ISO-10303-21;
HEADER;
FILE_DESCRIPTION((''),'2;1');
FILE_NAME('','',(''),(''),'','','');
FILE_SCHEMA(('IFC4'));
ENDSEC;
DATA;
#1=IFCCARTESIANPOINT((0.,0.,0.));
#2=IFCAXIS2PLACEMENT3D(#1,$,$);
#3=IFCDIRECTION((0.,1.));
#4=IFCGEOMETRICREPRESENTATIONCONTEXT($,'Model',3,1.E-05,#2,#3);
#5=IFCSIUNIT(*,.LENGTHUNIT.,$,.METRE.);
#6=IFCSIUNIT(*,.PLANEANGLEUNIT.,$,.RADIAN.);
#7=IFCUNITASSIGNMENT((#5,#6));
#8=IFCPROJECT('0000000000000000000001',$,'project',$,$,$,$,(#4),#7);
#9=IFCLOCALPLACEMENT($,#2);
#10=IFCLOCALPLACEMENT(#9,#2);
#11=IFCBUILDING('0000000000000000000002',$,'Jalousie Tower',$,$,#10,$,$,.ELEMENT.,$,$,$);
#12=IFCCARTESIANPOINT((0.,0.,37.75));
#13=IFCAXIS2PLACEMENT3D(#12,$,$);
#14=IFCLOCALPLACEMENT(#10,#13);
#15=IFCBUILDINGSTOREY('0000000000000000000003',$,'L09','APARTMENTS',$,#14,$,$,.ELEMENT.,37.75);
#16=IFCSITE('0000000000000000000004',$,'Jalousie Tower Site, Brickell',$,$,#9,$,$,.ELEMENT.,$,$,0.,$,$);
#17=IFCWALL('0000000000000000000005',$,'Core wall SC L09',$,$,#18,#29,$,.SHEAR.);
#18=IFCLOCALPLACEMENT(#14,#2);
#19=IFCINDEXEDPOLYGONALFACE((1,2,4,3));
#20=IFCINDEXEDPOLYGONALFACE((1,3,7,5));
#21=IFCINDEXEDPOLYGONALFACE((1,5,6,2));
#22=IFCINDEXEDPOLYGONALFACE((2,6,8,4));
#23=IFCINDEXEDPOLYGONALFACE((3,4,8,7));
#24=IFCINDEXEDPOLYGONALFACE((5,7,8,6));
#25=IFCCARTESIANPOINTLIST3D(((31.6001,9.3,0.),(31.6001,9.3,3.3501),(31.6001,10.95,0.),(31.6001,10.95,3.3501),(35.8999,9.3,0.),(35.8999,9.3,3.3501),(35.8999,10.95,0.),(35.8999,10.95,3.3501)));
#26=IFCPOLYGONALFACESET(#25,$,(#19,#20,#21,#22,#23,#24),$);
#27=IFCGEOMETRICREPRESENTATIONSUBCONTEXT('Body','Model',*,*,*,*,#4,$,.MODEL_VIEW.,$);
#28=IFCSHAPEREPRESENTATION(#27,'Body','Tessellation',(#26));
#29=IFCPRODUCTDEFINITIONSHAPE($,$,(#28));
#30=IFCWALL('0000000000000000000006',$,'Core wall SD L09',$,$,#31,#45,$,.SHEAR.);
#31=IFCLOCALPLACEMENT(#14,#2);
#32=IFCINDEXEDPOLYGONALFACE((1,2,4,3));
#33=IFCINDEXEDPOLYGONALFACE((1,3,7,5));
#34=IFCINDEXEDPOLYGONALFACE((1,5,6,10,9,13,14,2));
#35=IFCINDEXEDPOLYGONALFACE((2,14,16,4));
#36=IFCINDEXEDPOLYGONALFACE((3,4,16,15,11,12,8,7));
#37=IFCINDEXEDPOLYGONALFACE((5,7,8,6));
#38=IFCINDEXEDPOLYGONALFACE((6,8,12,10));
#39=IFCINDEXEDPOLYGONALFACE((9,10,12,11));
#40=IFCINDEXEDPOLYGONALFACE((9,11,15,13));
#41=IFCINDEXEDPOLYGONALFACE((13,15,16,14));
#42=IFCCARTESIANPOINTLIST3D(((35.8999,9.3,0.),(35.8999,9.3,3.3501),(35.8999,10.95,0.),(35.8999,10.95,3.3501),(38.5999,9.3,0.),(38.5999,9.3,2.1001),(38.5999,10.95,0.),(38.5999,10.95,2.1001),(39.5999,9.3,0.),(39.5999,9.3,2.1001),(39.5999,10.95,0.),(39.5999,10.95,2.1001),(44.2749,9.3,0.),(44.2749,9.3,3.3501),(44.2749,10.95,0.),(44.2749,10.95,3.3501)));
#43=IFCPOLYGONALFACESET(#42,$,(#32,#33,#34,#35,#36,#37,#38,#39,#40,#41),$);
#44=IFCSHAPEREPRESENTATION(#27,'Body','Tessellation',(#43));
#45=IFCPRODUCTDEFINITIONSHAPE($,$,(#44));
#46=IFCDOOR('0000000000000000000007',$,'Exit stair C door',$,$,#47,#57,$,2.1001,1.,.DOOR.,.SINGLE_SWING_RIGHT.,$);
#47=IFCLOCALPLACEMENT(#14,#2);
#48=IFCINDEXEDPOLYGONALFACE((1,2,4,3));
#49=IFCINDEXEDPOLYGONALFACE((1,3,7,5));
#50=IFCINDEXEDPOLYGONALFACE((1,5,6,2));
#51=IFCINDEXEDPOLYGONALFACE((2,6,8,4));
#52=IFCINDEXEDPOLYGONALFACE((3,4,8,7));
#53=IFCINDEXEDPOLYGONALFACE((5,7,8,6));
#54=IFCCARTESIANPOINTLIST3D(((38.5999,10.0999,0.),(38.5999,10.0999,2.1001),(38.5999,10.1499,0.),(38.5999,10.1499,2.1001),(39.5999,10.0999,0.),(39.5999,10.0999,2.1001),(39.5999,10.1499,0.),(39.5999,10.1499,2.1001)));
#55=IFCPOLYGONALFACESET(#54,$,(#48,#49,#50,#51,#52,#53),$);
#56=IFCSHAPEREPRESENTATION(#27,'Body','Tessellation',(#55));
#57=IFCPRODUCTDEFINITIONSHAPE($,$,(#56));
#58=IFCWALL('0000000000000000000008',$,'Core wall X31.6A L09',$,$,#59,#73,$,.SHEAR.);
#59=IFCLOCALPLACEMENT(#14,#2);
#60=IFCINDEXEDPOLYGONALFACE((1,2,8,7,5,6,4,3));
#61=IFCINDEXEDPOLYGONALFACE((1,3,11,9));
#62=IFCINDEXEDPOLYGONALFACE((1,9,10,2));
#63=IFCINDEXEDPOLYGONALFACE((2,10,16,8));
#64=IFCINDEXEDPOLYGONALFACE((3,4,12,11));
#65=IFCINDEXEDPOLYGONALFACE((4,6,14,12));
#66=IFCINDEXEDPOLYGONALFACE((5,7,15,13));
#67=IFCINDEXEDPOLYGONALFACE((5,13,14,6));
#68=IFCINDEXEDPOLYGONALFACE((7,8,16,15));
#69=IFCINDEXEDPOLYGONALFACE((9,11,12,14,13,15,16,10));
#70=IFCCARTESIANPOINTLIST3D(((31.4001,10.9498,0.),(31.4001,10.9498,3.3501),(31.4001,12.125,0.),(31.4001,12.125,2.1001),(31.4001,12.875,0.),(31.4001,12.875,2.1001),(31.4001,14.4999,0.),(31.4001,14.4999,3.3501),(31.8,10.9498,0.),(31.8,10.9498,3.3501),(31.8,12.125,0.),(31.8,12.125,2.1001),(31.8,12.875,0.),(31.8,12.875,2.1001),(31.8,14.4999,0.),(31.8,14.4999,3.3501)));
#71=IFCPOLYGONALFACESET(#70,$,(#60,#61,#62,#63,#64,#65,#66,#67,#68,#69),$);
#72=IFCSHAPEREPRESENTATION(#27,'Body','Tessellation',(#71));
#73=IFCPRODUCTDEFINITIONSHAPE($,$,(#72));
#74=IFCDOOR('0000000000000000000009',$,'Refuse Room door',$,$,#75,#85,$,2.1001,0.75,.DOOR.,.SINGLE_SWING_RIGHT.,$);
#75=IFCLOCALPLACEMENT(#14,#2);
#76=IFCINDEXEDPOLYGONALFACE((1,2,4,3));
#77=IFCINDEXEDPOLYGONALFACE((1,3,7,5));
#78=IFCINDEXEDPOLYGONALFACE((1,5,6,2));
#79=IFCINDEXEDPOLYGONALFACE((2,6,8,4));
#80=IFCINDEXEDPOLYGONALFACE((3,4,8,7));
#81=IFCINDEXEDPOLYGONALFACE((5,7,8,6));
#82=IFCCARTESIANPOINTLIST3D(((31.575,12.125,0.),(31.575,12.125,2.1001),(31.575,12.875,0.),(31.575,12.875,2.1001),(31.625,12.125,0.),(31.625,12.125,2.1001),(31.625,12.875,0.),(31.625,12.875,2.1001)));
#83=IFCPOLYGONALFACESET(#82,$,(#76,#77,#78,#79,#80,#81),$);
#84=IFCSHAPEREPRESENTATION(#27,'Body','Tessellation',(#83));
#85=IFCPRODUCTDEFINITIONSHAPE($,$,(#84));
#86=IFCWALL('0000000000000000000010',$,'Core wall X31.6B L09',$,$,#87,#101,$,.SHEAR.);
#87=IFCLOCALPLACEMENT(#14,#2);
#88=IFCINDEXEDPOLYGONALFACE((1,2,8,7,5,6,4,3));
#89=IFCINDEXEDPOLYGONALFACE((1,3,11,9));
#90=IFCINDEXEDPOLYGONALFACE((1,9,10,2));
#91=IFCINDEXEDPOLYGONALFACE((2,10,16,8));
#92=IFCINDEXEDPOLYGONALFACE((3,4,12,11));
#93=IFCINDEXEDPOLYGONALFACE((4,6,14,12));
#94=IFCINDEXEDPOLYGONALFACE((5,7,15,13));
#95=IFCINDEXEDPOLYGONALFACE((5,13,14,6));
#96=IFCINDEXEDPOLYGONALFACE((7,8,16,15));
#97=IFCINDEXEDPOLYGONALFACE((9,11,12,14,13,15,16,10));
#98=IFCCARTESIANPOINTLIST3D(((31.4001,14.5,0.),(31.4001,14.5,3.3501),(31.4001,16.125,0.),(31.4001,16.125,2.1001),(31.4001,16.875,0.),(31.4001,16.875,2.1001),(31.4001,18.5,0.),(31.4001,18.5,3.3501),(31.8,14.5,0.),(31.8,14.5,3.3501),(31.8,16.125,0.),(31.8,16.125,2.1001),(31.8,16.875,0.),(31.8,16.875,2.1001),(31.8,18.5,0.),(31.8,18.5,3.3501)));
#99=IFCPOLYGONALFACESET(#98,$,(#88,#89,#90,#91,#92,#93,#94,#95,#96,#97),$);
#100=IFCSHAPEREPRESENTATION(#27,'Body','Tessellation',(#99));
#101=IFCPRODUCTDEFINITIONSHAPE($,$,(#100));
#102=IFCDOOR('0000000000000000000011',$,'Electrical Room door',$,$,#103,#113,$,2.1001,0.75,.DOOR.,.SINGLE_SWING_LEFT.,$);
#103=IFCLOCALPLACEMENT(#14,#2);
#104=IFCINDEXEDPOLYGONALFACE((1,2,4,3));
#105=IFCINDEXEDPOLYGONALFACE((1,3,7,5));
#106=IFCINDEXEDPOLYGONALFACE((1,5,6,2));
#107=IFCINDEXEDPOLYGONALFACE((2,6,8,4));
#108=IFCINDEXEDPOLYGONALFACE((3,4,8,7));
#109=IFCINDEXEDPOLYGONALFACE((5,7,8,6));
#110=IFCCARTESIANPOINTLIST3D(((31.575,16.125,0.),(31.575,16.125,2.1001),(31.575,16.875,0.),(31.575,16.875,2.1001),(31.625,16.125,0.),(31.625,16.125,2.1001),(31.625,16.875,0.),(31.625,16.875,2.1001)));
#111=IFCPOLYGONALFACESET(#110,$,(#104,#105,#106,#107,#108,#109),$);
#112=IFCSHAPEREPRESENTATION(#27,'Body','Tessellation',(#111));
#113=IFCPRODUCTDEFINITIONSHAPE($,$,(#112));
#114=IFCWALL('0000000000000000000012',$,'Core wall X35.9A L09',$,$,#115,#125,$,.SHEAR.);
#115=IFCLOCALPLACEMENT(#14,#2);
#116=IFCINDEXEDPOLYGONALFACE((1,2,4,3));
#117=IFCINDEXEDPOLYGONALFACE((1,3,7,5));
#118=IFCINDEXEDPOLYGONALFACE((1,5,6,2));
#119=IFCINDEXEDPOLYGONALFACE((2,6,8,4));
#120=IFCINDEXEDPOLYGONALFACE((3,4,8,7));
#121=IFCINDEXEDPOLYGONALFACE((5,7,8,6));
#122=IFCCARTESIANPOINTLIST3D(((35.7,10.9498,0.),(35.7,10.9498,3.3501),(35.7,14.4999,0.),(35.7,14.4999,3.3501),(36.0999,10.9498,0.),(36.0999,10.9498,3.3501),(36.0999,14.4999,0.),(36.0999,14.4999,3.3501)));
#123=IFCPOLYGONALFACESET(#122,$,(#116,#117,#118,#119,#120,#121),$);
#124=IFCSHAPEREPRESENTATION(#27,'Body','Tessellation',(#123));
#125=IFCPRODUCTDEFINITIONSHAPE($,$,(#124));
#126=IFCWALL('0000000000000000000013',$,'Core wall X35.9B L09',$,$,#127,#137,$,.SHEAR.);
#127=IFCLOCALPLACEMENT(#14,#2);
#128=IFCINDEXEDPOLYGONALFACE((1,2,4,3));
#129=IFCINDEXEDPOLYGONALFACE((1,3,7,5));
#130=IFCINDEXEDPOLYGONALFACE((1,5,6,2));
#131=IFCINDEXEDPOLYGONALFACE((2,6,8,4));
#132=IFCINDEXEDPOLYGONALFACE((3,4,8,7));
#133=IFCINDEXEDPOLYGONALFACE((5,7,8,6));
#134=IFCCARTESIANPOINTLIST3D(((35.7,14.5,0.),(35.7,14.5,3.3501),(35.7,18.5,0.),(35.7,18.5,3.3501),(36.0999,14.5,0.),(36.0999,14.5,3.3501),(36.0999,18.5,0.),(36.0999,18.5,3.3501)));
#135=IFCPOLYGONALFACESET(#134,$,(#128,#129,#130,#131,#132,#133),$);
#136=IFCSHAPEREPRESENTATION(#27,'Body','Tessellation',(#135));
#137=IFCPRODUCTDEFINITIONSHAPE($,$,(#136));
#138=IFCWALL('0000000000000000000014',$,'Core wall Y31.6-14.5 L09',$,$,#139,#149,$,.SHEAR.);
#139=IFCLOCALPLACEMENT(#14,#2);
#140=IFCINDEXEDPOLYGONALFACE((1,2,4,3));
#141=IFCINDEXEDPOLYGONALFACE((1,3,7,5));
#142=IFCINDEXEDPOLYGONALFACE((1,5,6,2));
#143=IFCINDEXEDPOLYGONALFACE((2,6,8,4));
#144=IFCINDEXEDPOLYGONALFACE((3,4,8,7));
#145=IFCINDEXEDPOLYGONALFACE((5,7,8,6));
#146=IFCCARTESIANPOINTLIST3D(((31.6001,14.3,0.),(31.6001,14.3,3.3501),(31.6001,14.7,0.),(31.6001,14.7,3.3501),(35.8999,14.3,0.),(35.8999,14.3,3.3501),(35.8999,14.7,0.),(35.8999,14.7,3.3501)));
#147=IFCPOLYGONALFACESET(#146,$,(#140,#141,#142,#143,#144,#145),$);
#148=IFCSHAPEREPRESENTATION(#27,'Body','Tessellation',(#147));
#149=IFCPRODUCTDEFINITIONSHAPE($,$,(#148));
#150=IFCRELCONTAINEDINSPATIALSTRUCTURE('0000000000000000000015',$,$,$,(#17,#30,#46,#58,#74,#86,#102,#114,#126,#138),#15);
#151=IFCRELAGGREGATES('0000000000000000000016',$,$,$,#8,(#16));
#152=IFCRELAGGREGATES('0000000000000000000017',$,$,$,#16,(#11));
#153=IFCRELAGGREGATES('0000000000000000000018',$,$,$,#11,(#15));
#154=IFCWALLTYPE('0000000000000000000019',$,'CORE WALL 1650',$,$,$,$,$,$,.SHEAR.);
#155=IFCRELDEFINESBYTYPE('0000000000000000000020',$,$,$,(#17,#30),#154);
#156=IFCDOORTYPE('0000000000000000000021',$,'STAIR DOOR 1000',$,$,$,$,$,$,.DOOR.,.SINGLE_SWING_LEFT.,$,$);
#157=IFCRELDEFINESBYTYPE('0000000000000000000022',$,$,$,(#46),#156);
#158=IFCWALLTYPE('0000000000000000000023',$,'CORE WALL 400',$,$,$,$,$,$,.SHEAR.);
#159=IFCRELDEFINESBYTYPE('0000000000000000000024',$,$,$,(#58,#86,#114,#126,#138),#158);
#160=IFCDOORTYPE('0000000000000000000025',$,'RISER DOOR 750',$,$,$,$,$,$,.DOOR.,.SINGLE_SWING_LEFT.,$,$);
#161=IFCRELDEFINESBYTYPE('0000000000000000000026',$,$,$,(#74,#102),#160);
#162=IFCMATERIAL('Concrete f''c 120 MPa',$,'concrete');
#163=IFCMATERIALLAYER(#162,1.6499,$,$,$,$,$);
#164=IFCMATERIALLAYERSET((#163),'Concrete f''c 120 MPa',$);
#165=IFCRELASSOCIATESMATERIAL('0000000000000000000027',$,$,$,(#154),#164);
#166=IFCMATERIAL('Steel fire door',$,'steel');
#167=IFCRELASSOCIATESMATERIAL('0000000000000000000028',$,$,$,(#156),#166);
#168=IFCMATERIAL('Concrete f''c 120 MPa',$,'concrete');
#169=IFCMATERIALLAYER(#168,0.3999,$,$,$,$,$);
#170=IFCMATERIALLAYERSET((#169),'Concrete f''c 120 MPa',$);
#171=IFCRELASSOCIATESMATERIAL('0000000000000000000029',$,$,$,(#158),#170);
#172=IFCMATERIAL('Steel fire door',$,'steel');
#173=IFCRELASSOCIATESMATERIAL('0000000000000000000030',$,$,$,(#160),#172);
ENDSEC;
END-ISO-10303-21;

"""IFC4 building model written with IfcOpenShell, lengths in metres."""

from ifc_helpers import new_model, si_unit, direction, frame, frame_2d, origin, place, context, subcontext, project, spatial, rectangle, extrude, material, layer, layer_set, type_object, element, fill, save


model = new_model("IFC4")

# Units and contexts
model_context = context("Model", 3, precision=1e-05, world=origin(), true_north=direction((0.0, 1.0)))
body_context = subcontext(model_context, "Body", "Model", "MODEL_VIEW")
ifc_project = project(units=[si_unit("LENGTHUNIT", "METRE"), si_unit("PLANEANGLEUNIT", "RADIAN")], contexts=[model_context])

# Site, building, storey
site_placement = place(None, origin())
site = spatial("IfcSite", under=ifc_project, at=site_placement, Name="Jalousie Tower Site, Brickell", CompositionType="ELEMENT", RefElevation=0.0)
building_placement = place(site_placement, origin())
building = spatial("IfcBuilding", under=site, at=building_placement, Name="Jalousie Tower", CompositionType="ELEMENT")
storey_placement = place(building_placement, frame((0.0, 0.0, 37.75)))
storey = spatial("IfcBuildingStorey", under=building, at=storey_placement, Name="L09", Description="APARTMENTS", CompositionType="ELEMENT", Elevation=37.75)

# Wall
ifc_material_1 = material(Name="Concrete f'c 120 MPa", Category="concrete")
ifc_layer_1 = layer(ifc_material_1, 1.6499)
ifc_layer_set_1 = layer_set([ifc_layer_1], Name="Concrete f'c 120 MPa")
wall_type_1 = type_object("IfcWallType", Name="CORE WALL 1650", PredefinedType="SHEAR", material=ifc_layer_set_1)
wall_1_placement = place(storey_placement, frame((31.6001, 10.125, 0.0), z_axis=(0.0, 0.0, 1.0), x_axis=(1.0, 0.0, 0.0)))
element("IfcWall", 1, at=wall_1_placement, inside=storey, type_object=wall_type_1, Name="Core wall SC L09", PredefinedType="SHEAR", context=body_context, shape_type="SweptSolid", body=[
    extrude(rectangle(XDim=4.2998, YDim=1.6499, at=frame_2d((2.1499, 0.0))), origin(), (0.0, 0.0, 1.0), 3.3501),
])

# Walls, openings, doors
wall_2_placement = place(storey_placement, frame((35.8999, 10.125, 0.0), z_axis=(0.0, 0.0, 1.0), x_axis=(1.0, 0.0, 0.0)))
wall_2 = element("IfcWall", 2, at=wall_2_placement, inside=storey, type_object=wall_type_1, Name="Core wall SD L09", PredefinedType="SHEAR", context=body_context, shape_type="SweptSolid", body=[
    extrude(rectangle(XDim=8.375, YDim=1.6499, at=frame_2d((4.1875, 0.0))), origin(), (0.0, 0.0, 1.0), 3.3501),
])
opening_1_placement = place(wall_2_placement, frame((2.7, 0.0, 0.0)))
opening_1 = element("IfcOpeningElement", 3, at=opening_1_placement, cuts=wall_2, PredefinedType="OPENING", context=body_context, shape_type="SweptSolid", body=[
    extrude(rectangle(XDim=1.0, YDim=2.1001, at=frame_2d((0.5, 1.05))), frame((0.0, 0.835, 0.0), z_axis=(0.0, -1.0, 0.0), x_axis=(1.0, 0.0, 0.0)), (0.0, 0.0, 1.0), 1.6699),
])
ifc_material_2 = material(Name="Steel fire door", Category="steel")
door_type_1 = type_object("IfcDoorType", Name="STAIR DOOR 1000", OperationType="SINGLE_SWING_LEFT", PredefinedType="DOOR", material=ifc_material_2)
door_1_placement = place(opening_1_placement, origin())
door_1 = element("IfcDoor", 4, at=door_1_placement, inside=storey, type_object=door_type_1, Name="Exit stair C door", OperationType="SINGLE_SWING_RIGHT", OverallHeight=2.1001, OverallWidth=1.0, PredefinedType="DOOR", context=body_context, shape_type="SweptSolid", body=[
    extrude(rectangle(XDim=1.0, YDim=2.1001, at=frame_2d((0.5, 1.05))), frame((0.0, 0.0249, 0.0), z_axis=(0.0, -1.0, 0.0), x_axis=(1.0, 0.0, 0.0)), (0.0, 0.0, 1.0), 0.05),
])
fill(opening_1, door_1)
ifc_material_3 = material(Name="Concrete f'c 120 MPa", Category="concrete")
ifc_layer_2 = layer(ifc_material_3, 0.3999)
ifc_layer_set_2 = layer_set([ifc_layer_2], Name="Concrete f'c 120 MPa")
wall_type_2 = type_object("IfcWallType", Name="CORE WALL 400", PredefinedType="SHEAR", material=ifc_layer_set_2)
wall_3_placement = place(storey_placement, frame((31.6001, 10.95, 0.0), z_axis=(0.0, 0.0, 1.0), x_axis=(0.0, 1.0, 0.0)))
wall_3 = element("IfcWall", 5, at=wall_3_placement, inside=storey, type_object=wall_type_2, Name="Core wall X31.6A L09", PredefinedType="SHEAR", context=body_context, shape_type="SweptSolid", body=[
    extrude(rectangle(XDim=3.55, YDim=0.3999, at=frame_2d((1.7749, 0.0))), origin(), (0.0, 0.0, 1.0), 3.3501),
])
opening_2_placement = place(wall_3_placement, frame((1.175, 0.0, 0.0)))
opening_2 = element("IfcOpeningElement", 6, at=opening_2_placement, cuts=wall_3, PredefinedType="OPENING", context=body_context, shape_type="SweptSolid", body=[
    extrude(rectangle(XDim=0.75, YDim=2.1001, at=frame_2d((0.375, 1.05))), frame((0.0, 0.21, 0.0), z_axis=(0.0, -1.0, 0.0), x_axis=(1.0, 0.0, 0.0)), (0.0, 0.0, 1.0), 0.4199),
])
ifc_material_4 = material(Name="Steel fire door", Category="steel")
door_type_2 = type_object("IfcDoorType", Name="RISER DOOR 750", OperationType="SINGLE_SWING_LEFT", PredefinedType="DOOR", material=ifc_material_4)
door_2_placement = place(opening_2_placement, frame((0.75, 0.0, 0.0), z_axis=(0.0, 0.0, 1.0), x_axis=(-1.0, 0.0, 0.0)))
door_2 = element("IfcDoor", 7, at=door_2_placement, inside=storey, type_object=door_type_2, Name="Refuse Room door", OperationType="SINGLE_SWING_RIGHT", OverallHeight=2.1001, OverallWidth=0.75, PredefinedType="DOOR", context=body_context, shape_type="SweptSolid", body=[
    extrude(rectangle(XDim=0.75, YDim=2.1001, at=frame_2d((0.375, 1.05))), frame((0.0, 0.0249, 0.0), z_axis=(0.0, -1.0, 0.0), x_axis=(1.0, 0.0, 0.0)), (0.0, 0.0, 1.0), 0.05),
])
fill(opening_2, door_2)
wall_4_placement = place(storey_placement, frame((31.6001, 14.5, 0.0), z_axis=(0.0, 0.0, 1.0), x_axis=(0.0, 1.0, 0.0)))
wall_4 = element("IfcWall", 8, at=wall_4_placement, inside=storey, type_object=wall_type_2, Name="Core wall X31.6B L09", PredefinedType="SHEAR", context=body_context, shape_type="SweptSolid", body=[
    extrude(rectangle(XDim=4.0, YDim=0.3999, at=frame_2d((2.0, 0.0))), origin(), (0.0, 0.0, 1.0), 3.3501),
])
opening_3_placement = place(wall_4_placement, frame((1.625, 0.0, 0.0)))
opening_3 = element("IfcOpeningElement", 9, at=opening_3_placement, cuts=wall_4, PredefinedType="OPENING", context=body_context, shape_type="SweptSolid", body=[
    extrude(rectangle(XDim=0.75, YDim=2.1001, at=frame_2d((0.375, 1.05))), frame((0.0, 0.21, 0.0), z_axis=(0.0, -1.0, 0.0), x_axis=(1.0, 0.0, 0.0)), (0.0, 0.0, 1.0), 0.4199),
])
door_3_placement = place(opening_3_placement, frame((0.75, 0.0, 0.0), z_axis=(0.0, 0.0, 1.0), x_axis=(-1.0, 0.0, 0.0)))
door_3 = element("IfcDoor", 10, at=door_3_placement, inside=storey, type_object=door_type_2, Name="Electrical Room door", OperationType="SINGLE_SWING_LEFT", OverallHeight=2.1001, OverallWidth=0.75, PredefinedType="DOOR", context=body_context, shape_type="SweptSolid", body=[
    extrude(rectangle(XDim=0.75, YDim=2.1001, at=frame_2d((0.375, 1.05))), frame((0.0, 0.0249, 0.0), z_axis=(0.0, -1.0, 0.0), x_axis=(1.0, 0.0, 0.0)), (0.0, 0.0, 1.0), 0.05),
])
fill(opening_3, door_3)

# Walls
wall_5_placement = place(storey_placement, frame((35.8999, 10.95, 0.0), z_axis=(0.0, 0.0, 1.0), x_axis=(0.0, 1.0, 0.0)))
element("IfcWall", 11, at=wall_5_placement, inside=storey, type_object=wall_type_2, Name="Core wall X35.9A L09", PredefinedType="SHEAR", context=body_context, shape_type="SweptSolid", body=[
    extrude(rectangle(XDim=3.55, YDim=0.3999, at=frame_2d((1.7749, 0.0))), origin(), (0.0, 0.0, 1.0), 3.3501),
])
wall_6_placement = place(storey_placement, frame((35.8999, 14.5, 0.0), z_axis=(0.0, 0.0, 1.0), x_axis=(0.0, 1.0, 0.0)))
element("IfcWall", 12, at=wall_6_placement, inside=storey, type_object=wall_type_2, Name="Core wall X35.9B L09", PredefinedType="SHEAR", context=body_context, shape_type="SweptSolid", body=[
    extrude(rectangle(XDim=4.0, YDim=0.3999, at=frame_2d((2.0, 0.0))), origin(), (0.0, 0.0, 1.0), 3.3501),
])
wall_7_placement = place(storey_placement, frame((31.6001, 14.5, 0.0), z_axis=(0.0, 0.0, 1.0), x_axis=(1.0, 0.0, 0.0)))
element("IfcWall", 13, at=wall_7_placement, inside=storey, type_object=wall_type_2, Name="Core wall Y31.6-14.5 L09", PredefinedType="SHEAR", context=body_context, shape_type="SweptSolid", body=[
    extrude(rectangle(XDim=4.2998, YDim=0.3999, at=frame_2d((2.1499, 0.0))), origin(), (0.0, 0.0, 1.0), 3.3501),
])

save(model, "model.ifc")
